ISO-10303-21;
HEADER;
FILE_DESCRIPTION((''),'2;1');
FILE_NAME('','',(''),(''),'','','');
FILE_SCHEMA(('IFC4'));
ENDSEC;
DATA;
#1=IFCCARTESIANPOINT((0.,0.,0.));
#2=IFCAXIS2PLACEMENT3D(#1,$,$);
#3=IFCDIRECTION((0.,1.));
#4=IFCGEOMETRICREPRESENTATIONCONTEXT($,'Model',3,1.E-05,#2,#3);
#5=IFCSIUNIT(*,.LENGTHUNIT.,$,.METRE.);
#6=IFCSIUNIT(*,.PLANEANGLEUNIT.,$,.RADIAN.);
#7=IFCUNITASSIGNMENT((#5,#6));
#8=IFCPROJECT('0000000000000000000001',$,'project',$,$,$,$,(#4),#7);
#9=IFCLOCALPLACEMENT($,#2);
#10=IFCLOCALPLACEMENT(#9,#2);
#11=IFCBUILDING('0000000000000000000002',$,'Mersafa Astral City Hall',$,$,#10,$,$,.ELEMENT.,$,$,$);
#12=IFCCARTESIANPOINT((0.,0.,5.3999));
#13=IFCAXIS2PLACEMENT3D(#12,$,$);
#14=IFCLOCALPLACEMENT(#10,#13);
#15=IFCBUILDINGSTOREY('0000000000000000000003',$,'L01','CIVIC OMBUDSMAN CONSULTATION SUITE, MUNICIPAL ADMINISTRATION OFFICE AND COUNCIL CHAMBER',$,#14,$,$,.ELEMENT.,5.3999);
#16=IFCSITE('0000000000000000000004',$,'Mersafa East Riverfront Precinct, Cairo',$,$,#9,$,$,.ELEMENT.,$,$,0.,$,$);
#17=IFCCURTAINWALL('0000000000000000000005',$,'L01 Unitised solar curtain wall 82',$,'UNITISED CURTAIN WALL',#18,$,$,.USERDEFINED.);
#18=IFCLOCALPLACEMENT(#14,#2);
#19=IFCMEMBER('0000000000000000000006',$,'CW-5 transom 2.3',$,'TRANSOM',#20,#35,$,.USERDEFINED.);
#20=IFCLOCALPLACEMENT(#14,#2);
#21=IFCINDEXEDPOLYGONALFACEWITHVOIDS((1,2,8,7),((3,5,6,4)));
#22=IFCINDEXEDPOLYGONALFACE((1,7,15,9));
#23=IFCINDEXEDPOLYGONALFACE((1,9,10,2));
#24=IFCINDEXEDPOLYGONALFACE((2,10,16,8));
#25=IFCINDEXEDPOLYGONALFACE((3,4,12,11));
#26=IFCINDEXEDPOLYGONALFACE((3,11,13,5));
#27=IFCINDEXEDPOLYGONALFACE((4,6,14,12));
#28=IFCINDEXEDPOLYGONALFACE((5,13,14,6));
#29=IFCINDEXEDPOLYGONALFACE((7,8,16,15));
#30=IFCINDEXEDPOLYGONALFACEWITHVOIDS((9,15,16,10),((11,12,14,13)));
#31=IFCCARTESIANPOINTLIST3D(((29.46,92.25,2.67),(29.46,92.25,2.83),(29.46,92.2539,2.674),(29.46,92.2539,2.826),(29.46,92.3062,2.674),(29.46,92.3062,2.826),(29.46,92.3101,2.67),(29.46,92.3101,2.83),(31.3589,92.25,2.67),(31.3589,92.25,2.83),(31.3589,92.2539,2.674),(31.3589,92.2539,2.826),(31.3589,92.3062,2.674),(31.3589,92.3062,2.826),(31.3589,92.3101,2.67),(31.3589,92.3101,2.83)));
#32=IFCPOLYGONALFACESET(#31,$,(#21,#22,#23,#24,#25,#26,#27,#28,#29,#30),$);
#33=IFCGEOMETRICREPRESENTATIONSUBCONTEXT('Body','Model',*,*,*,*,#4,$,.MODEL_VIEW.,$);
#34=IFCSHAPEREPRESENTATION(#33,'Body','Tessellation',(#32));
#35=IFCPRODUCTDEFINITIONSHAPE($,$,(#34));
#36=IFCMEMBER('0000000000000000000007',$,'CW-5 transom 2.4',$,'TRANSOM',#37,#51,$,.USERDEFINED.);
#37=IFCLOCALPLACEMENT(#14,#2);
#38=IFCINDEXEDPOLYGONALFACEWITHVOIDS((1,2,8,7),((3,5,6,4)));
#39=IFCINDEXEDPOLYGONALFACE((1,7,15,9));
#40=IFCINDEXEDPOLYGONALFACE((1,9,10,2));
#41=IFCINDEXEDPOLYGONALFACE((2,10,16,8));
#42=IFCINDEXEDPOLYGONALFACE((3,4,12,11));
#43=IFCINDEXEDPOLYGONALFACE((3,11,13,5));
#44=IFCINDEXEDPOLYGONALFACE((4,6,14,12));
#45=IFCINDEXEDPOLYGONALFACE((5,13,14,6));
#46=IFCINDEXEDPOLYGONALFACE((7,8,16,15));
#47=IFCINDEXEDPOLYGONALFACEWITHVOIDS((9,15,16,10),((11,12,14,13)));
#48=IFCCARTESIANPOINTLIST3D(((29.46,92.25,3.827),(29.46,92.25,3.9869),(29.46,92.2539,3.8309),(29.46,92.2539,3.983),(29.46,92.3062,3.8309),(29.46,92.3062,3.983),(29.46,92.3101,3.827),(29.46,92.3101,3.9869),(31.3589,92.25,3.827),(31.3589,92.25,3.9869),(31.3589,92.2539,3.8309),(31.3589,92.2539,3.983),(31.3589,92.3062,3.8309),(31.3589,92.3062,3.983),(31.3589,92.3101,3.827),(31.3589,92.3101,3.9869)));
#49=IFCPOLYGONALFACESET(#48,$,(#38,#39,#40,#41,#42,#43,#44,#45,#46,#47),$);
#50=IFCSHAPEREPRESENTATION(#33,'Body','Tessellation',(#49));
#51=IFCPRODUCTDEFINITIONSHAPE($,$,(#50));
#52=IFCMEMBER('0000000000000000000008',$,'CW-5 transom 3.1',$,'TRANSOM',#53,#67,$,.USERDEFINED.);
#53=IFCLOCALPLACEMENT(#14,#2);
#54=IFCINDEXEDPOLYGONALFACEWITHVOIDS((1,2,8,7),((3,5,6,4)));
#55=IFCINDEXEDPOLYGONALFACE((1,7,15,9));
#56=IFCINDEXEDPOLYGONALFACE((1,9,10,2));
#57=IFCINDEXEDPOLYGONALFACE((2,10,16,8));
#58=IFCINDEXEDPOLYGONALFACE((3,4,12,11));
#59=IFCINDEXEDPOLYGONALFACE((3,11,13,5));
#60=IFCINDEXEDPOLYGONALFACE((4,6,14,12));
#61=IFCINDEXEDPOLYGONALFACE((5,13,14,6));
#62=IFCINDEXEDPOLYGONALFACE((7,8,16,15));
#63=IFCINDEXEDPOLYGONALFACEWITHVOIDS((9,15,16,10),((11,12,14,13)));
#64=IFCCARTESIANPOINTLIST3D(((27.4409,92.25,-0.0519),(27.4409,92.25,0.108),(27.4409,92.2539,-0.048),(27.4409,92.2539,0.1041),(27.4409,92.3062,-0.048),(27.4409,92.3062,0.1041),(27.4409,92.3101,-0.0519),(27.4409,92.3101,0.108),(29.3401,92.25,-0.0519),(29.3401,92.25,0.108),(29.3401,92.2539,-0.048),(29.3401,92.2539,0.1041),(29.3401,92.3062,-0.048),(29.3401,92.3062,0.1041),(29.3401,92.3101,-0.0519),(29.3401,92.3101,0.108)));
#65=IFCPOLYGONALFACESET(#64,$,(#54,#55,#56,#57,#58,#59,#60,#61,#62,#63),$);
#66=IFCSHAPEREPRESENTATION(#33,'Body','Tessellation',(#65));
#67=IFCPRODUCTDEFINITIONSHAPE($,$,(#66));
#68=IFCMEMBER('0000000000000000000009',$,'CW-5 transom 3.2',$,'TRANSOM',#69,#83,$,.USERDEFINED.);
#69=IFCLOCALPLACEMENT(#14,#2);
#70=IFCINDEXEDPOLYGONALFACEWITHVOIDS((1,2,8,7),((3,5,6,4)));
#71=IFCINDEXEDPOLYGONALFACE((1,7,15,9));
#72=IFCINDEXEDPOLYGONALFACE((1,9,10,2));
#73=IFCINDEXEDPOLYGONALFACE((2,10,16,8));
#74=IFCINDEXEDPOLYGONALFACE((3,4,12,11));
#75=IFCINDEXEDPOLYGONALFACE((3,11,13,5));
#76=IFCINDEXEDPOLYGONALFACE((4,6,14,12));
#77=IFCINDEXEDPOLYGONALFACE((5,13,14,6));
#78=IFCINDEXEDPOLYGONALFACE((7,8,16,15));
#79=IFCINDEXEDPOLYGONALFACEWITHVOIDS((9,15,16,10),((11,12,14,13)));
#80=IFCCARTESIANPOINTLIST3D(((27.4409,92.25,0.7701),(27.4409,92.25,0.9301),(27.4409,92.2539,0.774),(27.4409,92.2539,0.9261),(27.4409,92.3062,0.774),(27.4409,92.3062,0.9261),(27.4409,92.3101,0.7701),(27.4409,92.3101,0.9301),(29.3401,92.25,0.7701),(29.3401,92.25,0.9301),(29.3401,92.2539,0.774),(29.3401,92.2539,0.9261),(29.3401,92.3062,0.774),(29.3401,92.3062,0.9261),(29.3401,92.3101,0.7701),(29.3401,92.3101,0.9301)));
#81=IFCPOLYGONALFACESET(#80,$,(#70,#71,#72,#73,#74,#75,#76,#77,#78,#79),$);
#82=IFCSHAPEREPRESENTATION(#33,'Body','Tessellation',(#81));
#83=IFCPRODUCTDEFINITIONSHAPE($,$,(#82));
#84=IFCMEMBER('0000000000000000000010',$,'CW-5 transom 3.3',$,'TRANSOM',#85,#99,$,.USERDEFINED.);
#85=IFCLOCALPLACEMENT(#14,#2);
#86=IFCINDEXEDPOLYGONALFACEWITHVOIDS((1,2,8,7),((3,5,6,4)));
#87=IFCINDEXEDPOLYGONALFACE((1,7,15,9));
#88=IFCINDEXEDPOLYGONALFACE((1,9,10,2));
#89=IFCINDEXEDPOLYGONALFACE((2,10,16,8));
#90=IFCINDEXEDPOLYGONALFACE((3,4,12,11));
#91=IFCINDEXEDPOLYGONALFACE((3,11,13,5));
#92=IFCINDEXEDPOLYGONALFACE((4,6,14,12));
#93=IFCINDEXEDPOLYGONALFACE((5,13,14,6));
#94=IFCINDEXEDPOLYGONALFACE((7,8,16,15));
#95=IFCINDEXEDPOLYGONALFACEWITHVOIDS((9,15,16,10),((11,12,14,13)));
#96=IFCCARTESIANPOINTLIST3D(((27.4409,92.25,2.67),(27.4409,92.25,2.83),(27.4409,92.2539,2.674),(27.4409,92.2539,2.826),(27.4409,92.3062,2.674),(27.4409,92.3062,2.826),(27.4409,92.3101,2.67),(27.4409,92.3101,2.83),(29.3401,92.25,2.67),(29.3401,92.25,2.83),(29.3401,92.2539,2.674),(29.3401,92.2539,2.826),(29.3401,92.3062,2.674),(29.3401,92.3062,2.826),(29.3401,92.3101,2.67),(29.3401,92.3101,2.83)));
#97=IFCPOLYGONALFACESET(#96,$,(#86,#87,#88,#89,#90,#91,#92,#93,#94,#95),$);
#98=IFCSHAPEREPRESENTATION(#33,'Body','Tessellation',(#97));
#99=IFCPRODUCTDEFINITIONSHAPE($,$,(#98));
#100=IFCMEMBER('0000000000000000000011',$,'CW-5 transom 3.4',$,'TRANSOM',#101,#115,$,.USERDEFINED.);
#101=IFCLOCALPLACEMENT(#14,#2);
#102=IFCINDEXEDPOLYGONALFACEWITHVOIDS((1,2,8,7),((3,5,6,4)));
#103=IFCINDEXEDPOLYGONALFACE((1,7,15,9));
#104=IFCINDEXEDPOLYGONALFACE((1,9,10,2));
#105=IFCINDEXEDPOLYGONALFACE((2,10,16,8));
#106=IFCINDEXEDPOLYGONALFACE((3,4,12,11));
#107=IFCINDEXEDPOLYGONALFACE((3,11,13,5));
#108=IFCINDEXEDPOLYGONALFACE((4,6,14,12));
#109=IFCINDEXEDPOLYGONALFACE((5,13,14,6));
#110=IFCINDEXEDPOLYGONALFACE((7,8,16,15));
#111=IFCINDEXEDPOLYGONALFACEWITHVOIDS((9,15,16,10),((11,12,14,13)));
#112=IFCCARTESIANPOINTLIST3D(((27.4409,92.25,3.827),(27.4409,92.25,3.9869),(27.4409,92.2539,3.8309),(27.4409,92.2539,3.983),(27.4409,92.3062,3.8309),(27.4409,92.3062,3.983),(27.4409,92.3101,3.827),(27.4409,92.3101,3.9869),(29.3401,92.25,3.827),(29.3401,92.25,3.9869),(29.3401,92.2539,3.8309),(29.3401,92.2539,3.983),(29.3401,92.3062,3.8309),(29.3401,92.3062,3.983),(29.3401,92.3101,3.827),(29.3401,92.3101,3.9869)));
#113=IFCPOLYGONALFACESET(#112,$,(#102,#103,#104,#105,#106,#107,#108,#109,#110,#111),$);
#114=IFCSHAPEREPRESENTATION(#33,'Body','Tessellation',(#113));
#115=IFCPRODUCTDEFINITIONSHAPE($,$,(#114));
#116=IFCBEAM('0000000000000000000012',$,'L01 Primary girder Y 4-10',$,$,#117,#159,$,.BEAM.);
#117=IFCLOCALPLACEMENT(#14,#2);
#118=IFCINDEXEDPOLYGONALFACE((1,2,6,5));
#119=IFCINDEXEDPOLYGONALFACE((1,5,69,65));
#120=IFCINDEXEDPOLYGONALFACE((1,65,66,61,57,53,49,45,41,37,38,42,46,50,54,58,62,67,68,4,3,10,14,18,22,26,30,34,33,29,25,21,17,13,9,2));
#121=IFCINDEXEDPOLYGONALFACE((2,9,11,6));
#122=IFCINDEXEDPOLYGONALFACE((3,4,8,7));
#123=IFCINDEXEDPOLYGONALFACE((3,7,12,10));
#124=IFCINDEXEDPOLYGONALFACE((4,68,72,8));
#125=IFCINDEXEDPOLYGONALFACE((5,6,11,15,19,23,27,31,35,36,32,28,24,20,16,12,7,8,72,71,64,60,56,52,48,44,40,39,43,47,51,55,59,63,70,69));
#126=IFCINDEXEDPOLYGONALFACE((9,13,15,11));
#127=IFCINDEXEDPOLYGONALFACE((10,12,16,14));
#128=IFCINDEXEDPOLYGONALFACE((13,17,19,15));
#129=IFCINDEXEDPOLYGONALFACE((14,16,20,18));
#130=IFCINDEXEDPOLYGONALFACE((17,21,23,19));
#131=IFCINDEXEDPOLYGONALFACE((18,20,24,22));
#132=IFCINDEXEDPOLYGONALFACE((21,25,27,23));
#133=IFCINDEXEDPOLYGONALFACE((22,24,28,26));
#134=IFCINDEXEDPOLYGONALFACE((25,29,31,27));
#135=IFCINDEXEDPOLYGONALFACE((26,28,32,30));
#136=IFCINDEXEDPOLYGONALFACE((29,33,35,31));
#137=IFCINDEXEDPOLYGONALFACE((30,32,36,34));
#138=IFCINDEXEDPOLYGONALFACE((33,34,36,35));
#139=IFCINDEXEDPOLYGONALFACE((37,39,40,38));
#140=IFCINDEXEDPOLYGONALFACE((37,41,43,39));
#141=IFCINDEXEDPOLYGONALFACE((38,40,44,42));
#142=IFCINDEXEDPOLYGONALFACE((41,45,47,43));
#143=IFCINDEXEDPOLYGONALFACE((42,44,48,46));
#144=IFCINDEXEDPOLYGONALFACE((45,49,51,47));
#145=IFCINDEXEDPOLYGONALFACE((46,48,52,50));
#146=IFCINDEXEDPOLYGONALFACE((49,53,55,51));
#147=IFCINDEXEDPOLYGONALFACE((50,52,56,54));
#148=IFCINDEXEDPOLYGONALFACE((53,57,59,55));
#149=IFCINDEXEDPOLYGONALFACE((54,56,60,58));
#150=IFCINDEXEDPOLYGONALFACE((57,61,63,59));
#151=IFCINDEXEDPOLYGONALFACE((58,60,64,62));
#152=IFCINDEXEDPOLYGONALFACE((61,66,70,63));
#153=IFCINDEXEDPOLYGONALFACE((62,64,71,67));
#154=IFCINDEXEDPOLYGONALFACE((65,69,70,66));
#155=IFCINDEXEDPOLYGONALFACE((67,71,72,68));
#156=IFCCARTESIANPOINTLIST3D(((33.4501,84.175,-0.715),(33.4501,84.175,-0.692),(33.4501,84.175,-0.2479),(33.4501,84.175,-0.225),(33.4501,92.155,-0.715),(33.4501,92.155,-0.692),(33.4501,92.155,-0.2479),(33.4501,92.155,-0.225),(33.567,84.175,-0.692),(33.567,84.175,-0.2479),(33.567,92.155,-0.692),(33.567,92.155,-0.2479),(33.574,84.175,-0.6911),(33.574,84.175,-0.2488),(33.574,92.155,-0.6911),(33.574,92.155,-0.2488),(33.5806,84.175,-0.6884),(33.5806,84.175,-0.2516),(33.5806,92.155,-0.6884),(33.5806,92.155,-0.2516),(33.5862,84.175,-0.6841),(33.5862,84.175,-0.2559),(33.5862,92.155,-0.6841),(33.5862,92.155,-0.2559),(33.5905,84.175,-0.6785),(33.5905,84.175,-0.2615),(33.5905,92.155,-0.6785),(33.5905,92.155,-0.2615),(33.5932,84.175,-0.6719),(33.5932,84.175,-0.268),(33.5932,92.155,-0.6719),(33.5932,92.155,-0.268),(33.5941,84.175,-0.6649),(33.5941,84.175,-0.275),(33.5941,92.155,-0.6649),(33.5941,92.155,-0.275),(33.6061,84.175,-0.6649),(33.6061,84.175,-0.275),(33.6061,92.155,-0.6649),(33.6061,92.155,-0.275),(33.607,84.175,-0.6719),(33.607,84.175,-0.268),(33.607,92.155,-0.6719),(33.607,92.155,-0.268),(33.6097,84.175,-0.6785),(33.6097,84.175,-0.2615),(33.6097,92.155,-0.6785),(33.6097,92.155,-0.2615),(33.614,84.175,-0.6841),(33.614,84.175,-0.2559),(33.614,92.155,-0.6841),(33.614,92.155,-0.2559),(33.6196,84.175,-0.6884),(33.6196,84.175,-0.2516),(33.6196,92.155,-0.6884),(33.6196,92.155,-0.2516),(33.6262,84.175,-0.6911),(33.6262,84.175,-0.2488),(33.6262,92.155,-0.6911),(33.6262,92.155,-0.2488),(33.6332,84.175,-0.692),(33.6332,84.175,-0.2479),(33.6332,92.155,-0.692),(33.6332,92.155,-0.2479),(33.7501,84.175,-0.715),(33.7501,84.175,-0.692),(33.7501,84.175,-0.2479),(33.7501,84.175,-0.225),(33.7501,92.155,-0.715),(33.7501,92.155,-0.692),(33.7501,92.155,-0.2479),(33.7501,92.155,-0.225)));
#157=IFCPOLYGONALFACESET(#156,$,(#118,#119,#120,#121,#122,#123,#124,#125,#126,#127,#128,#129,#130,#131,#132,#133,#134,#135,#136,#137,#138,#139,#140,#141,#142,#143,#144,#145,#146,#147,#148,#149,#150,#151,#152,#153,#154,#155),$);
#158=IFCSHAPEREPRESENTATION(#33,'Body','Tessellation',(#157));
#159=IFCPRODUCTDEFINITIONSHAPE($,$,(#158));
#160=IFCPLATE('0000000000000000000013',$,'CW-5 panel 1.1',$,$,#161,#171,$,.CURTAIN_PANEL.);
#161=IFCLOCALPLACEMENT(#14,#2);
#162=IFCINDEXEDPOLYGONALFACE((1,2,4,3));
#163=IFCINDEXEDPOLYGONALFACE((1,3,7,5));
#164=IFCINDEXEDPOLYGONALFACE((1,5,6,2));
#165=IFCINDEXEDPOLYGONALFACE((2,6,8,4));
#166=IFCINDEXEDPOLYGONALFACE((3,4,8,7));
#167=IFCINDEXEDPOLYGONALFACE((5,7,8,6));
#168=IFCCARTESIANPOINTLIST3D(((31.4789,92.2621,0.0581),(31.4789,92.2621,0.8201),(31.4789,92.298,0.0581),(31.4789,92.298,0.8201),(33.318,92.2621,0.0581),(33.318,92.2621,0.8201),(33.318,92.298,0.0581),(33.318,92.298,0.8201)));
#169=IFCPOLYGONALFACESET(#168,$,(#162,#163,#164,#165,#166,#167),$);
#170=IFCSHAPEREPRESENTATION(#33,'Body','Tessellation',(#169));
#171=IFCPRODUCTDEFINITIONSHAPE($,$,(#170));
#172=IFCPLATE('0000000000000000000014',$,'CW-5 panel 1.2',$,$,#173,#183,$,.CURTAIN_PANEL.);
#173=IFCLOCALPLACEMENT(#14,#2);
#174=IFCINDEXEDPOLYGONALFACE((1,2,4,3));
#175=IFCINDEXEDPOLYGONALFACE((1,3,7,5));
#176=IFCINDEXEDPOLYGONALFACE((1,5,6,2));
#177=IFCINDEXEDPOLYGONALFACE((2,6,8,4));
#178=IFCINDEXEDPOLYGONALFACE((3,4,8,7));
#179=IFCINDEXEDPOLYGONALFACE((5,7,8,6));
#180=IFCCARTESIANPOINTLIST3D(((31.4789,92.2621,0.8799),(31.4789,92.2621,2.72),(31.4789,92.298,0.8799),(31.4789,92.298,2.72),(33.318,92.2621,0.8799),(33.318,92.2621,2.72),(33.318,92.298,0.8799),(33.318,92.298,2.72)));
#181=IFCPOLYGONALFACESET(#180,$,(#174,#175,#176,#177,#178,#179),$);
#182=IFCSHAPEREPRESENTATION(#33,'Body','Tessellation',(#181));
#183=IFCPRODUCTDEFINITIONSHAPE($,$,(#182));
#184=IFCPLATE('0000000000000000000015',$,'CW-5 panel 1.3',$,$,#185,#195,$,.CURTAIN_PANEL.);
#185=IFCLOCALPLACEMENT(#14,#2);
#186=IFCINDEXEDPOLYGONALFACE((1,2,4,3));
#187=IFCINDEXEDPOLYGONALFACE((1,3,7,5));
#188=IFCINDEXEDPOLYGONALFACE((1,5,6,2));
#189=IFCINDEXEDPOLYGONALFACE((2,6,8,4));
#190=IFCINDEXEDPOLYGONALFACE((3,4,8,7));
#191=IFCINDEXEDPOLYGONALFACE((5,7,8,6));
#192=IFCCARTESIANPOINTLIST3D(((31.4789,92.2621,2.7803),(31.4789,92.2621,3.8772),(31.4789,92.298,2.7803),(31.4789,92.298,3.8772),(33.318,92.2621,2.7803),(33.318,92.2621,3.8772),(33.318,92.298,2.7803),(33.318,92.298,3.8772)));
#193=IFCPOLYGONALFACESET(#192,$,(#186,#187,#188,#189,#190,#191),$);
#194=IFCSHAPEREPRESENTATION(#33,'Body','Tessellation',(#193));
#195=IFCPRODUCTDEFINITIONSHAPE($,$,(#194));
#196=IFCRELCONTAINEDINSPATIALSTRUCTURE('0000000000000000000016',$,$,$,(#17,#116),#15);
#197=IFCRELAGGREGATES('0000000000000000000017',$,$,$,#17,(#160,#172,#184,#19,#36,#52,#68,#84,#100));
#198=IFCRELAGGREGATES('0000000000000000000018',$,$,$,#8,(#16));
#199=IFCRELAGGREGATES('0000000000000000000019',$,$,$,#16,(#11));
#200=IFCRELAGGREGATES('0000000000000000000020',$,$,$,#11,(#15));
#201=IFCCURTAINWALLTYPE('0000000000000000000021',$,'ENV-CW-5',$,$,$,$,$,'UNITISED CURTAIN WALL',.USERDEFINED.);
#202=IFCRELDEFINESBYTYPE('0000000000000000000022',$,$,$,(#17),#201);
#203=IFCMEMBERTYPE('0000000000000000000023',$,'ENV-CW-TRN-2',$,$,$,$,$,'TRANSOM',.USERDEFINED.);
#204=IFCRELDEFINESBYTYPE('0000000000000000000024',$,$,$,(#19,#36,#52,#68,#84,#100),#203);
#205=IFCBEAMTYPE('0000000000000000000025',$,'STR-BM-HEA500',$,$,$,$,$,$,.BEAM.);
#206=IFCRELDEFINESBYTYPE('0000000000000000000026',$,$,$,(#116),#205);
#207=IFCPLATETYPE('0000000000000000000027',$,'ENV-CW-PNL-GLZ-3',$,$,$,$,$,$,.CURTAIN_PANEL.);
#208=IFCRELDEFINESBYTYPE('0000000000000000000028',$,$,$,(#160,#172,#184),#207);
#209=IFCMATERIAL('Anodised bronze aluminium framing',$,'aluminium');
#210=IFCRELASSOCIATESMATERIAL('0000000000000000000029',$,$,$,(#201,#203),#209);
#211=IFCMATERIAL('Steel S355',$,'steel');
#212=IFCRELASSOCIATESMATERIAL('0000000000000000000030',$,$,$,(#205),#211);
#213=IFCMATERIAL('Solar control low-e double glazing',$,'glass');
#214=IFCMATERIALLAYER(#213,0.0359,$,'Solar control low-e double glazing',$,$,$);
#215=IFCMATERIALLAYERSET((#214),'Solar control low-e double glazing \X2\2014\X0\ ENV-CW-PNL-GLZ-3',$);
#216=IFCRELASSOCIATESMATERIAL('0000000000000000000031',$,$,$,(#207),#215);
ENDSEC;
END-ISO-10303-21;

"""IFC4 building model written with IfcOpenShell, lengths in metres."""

from ifc_helpers import new_model, si_unit, direction, frame, origin, origin_2d, place, context, subcontext, project, spatial, rectangle, hollow_rectangle, i_section, extrude, material, layer, layer_set, material_profile, profile_set, type_object, element, aggregate, save


model = new_model("IFC4")

# Units and contexts
model_context = context("Model", 3, precision=1e-05, world=origin(), true_north=direction((0.0, 1.0)))
body_context = subcontext(model_context, "Body", "Model", "MODEL_VIEW")
ifc_project = project(units=[si_unit("LENGTHUNIT", "METRE"), si_unit("PLANEANGLEUNIT", "RADIAN")], contexts=[model_context])

# Site, building, storey
site_placement = place(None, origin())
site = spatial("IfcSite", under=ifc_project, at=site_placement, Name="Mersafa East Riverfront Precinct, Cairo", CompositionType="ELEMENT", RefElevation=0.0)
building_placement = place(site_placement, origin())
building = spatial("IfcBuilding", under=site, at=building_placement, Name="Mersafa Astral City Hall", CompositionType="ELEMENT")
storey_placement = place(building_placement, frame((0.0, 0.0, 5.3999)))
storey = spatial("IfcBuildingStorey", under=building, at=storey_placement, Name="L01", Description="CIVIC OMBUDSMAN CONSULTATION SUITE, MUNICIPAL ADMINISTRATION OFFICE AND COUNCIL CHAMBER", CompositionType="ELEMENT", Elevation=5.3999)

# Curtain wall
ifc_material_1 = material(Name="Anodised bronze aluminium framing", Category="aluminium")
curtain_wall_type_1 = type_object("IfcCurtainWallType", Name="ENV-CW-5", ElementType="UNITISED CURTAIN WALL", PredefinedType="USERDEFINED", material=ifc_material_1)
curtain_wall_1_placement = place(storey_placement, origin())
curtain_wall_1 = element("IfcCurtainWall", 1, at=curtain_wall_1_placement, inside=storey, type_object=curtain_wall_type_1, Name="L01 Unitised solar curtain wall 82", ObjectType="UNITISED CURTAIN WALL", PredefinedType="USERDEFINED")

# Members
ifc_material_profile_1 = material_profile(ifc_material_1, hollow_rectangle(XDim=0.0601, YDim=0.1599, WallThickness=0.0039, at=origin_2d()), Name="RHS 60x160x4")
ifc_profile_set_1 = profile_set([ifc_material_profile_1], Name="Anodised bronze aluminium framing")
member_type_1 = type_object("IfcMemberType", Name="ENV-CW-TRN-2", ElementType="TRANSOM", PredefinedType="USERDEFINED", material=ifc_profile_set_1)
member_1_placement = place(storey_placement, frame((31.3589, 92.28, 2.75), z_axis=(-1.0, 0.0, 0.0), x_axis=(0.0, -1.0, 0.0)))
member_1 = element("IfcMember", 2, at=member_1_placement, type_object=member_type_1, Name="CW-5 transom 2.3", ObjectType="TRANSOM", PredefinedType="USERDEFINED", context=body_context, shape_type="SweptSolid", body=[
    extrude(hollow_rectangle(XDim=0.0601, YDim=0.1599, WallThickness=0.0039, at=origin_2d()), origin(), (0.0, 0.0, 1.0), 1.8989),
])
member_2_placement = place(storey_placement, frame((31.3589, 92.28, 3.907), z_axis=(-1.0, 0.0, 0.0), x_axis=(0.0, -1.0, 0.0)))
member_2 = element("IfcMember", 3, at=member_2_placement, type_object=member_type_1, Name="CW-5 transom 2.4", ObjectType="TRANSOM", PredefinedType="USERDEFINED", context=body_context, shape_type="SweptSolid", body=[
    extrude(hollow_rectangle(XDim=0.0601, YDim=0.1599, WallThickness=0.0039, at=origin_2d()), origin(), (0.0, 0.0, 1.0), 1.8989),
])
member_3_placement = place(storey_placement, frame((29.3401, 92.28, 0.0281), z_axis=(-1.0, 0.0, 0.0), x_axis=(0.0, -1.0, 0.0)))
member_3 = element("IfcMember", 4, at=member_3_placement, type_object=member_type_1, Name="CW-5 transom 3.1", ObjectType="TRANSOM", PredefinedType="USERDEFINED", context=body_context, shape_type="SweptSolid", body=[
    extrude(hollow_rectangle(XDim=0.0601, YDim=0.1599, WallThickness=0.0039, at=origin_2d()), origin(), (0.0, 0.0, 1.0), 1.8992),
])
member_4_placement = place(storey_placement, frame((29.3401, 92.28, 0.8501), z_axis=(-1.0, 0.0, 0.0), x_axis=(0.0, -1.0, 0.0)))
member_4 = element("IfcMember", 5, at=member_4_placement, type_object=member_type_1, Name="CW-5 transom 3.2", ObjectType="TRANSOM", PredefinedType="USERDEFINED", context=body_context, shape_type="SweptSolid", body=[
    extrude(hollow_rectangle(XDim=0.0601, YDim=0.1599, WallThickness=0.0039, at=origin_2d()), origin(), (0.0, 0.0, 1.0), 1.8992),
])
member_5_placement = place(storey_placement, frame((29.3401, 92.28, 2.75), z_axis=(-1.0, 0.0, 0.0), x_axis=(0.0, -1.0, 0.0)))
member_5 = element("IfcMember", 6, at=member_5_placement, type_object=member_type_1, Name="CW-5 transom 3.3", ObjectType="TRANSOM", PredefinedType="USERDEFINED", context=body_context, shape_type="SweptSolid", body=[
    extrude(hollow_rectangle(XDim=0.0601, YDim=0.1599, WallThickness=0.0039, at=origin_2d()), origin(), (0.0, 0.0, 1.0), 1.8992),
])
member_6_placement = place(storey_placement, frame((29.3401, 92.28, 3.907), z_axis=(-1.0, 0.0, 0.0), x_axis=(0.0, -1.0, 0.0)))
member_6 = element("IfcMember", 7, at=member_6_placement, type_object=member_type_1, Name="CW-5 transom 3.4", ObjectType="TRANSOM", PredefinedType="USERDEFINED", context=body_context, shape_type="SweptSolid", body=[
    extrude(hollow_rectangle(XDim=0.0601, YDim=0.1599, WallThickness=0.0039, at=origin_2d()), origin(), (0.0, 0.0, 1.0), 1.8992),
])

# Beam
ifc_material_2 = material(Name="Steel S355", Category="steel")
ifc_material_profile_2 = material_profile(ifc_material_2, i_section(OverallWidth=0.3, OverallDepth=0.49, WebThickness=0.012, FlangeThickness=0.0229, FilletRadius=0.0271, at=origin_2d()), Name="HEA 500")
ifc_profile_set_2 = profile_set([ifc_material_profile_2], Name="Steel S355")
beam_type = type_object("IfcBeamType", Name="STR-BM-HEA500", PredefinedType="BEAM", material=ifc_profile_set_2)
beam_placement = place(storey_placement, frame((33.6001, 84.175, -0.47), z_axis=(0.0, 1.0, 0.0), x_axis=(-1.0, 0.0, 0.0)))
element("IfcBeam", 8, at=beam_placement, inside=storey, type_object=beam_type, Name="L01 Primary girder Y 4-10", PredefinedType="BEAM", context=body_context, shape_type="SweptSolid", body=[
    extrude(i_section(OverallWidth=0.3, OverallDepth=0.49, WebThickness=0.012, FlangeThickness=0.0229, FilletRadius=0.0271, at=origin_2d()), origin(), (0.0, 0.0, 1.0), 7.98),
])

# Plates
ifc_material_3 = material(Name="Solar control low-e double glazing", Category="glass")
ifc_layer_1 = layer(ifc_material_3, 0.0359, Name="Solar control low-e double glazing")
ifc_layer_set_1 = layer_set([ifc_layer_1], Name="Solar control low-e double glazing — ENV-CW-PNL-GLZ-3")
plate_type_1 = type_object("IfcPlateType", Name="ENV-CW-PNL-GLZ-3", PredefinedType="CURTAIN_PANEL", material=ifc_layer_set_1)
plate_1_placement = place(storey_placement, frame((32.3984, 92.28, 0.0581), z_axis=(0.0, 0.0, 1.0), x_axis=(-1.0, 0.0, 0.0)))
plate_1 = element("IfcPlate", 9, at=plate_1_placement, type_object=plate_type_1, Name="CW-5 panel 1.1", PredefinedType="CURTAIN_PANEL", context=body_context, shape_type="SweptSolid", body=[
    extrude(rectangle(XDim=1.8391, YDim=0.0359, at=origin_2d()), origin(), (0.0, 0.0, 1.0), 0.762),
])
plate_2_placement = place(storey_placement, frame((32.3984, 92.28, 0.8799), z_axis=(0.0, 0.0, 1.0), x_axis=(-1.0, 0.0, 0.0)))
plate_2 = element("IfcPlate", 10, at=plate_2_placement, type_object=plate_type_1, Name="CW-5 panel 1.2", PredefinedType="CURTAIN_PANEL", context=body_context, shape_type="SweptSolid", body=[
    extrude(rectangle(XDim=1.8391, YDim=0.0359, at=origin_2d()), origin(), (0.0, 0.0, 1.0), 1.8401),
])
plate_3_placement = place(storey_placement, frame((32.3984, 92.28, 2.7803), z_axis=(0.0, 0.0, 1.0), x_axis=(-1.0, 0.0, 0.0)))
plate_3 = element("IfcPlate", 11, at=plate_3_placement, type_object=plate_type_1, Name="CW-5 panel 1.3", PredefinedType="CURTAIN_PANEL", context=body_context, shape_type="SweptSolid", body=[
    extrude(rectangle(XDim=1.8391, YDim=0.0359, at=origin_2d()), origin(), (0.0, 0.0, 1.0), 1.0969),
])
aggregate(curtain_wall_1, [plate_1, plate_2, plate_3, member_1, member_2, member_3, member_4, member_5, member_6])

save(model, "model.ifc")
